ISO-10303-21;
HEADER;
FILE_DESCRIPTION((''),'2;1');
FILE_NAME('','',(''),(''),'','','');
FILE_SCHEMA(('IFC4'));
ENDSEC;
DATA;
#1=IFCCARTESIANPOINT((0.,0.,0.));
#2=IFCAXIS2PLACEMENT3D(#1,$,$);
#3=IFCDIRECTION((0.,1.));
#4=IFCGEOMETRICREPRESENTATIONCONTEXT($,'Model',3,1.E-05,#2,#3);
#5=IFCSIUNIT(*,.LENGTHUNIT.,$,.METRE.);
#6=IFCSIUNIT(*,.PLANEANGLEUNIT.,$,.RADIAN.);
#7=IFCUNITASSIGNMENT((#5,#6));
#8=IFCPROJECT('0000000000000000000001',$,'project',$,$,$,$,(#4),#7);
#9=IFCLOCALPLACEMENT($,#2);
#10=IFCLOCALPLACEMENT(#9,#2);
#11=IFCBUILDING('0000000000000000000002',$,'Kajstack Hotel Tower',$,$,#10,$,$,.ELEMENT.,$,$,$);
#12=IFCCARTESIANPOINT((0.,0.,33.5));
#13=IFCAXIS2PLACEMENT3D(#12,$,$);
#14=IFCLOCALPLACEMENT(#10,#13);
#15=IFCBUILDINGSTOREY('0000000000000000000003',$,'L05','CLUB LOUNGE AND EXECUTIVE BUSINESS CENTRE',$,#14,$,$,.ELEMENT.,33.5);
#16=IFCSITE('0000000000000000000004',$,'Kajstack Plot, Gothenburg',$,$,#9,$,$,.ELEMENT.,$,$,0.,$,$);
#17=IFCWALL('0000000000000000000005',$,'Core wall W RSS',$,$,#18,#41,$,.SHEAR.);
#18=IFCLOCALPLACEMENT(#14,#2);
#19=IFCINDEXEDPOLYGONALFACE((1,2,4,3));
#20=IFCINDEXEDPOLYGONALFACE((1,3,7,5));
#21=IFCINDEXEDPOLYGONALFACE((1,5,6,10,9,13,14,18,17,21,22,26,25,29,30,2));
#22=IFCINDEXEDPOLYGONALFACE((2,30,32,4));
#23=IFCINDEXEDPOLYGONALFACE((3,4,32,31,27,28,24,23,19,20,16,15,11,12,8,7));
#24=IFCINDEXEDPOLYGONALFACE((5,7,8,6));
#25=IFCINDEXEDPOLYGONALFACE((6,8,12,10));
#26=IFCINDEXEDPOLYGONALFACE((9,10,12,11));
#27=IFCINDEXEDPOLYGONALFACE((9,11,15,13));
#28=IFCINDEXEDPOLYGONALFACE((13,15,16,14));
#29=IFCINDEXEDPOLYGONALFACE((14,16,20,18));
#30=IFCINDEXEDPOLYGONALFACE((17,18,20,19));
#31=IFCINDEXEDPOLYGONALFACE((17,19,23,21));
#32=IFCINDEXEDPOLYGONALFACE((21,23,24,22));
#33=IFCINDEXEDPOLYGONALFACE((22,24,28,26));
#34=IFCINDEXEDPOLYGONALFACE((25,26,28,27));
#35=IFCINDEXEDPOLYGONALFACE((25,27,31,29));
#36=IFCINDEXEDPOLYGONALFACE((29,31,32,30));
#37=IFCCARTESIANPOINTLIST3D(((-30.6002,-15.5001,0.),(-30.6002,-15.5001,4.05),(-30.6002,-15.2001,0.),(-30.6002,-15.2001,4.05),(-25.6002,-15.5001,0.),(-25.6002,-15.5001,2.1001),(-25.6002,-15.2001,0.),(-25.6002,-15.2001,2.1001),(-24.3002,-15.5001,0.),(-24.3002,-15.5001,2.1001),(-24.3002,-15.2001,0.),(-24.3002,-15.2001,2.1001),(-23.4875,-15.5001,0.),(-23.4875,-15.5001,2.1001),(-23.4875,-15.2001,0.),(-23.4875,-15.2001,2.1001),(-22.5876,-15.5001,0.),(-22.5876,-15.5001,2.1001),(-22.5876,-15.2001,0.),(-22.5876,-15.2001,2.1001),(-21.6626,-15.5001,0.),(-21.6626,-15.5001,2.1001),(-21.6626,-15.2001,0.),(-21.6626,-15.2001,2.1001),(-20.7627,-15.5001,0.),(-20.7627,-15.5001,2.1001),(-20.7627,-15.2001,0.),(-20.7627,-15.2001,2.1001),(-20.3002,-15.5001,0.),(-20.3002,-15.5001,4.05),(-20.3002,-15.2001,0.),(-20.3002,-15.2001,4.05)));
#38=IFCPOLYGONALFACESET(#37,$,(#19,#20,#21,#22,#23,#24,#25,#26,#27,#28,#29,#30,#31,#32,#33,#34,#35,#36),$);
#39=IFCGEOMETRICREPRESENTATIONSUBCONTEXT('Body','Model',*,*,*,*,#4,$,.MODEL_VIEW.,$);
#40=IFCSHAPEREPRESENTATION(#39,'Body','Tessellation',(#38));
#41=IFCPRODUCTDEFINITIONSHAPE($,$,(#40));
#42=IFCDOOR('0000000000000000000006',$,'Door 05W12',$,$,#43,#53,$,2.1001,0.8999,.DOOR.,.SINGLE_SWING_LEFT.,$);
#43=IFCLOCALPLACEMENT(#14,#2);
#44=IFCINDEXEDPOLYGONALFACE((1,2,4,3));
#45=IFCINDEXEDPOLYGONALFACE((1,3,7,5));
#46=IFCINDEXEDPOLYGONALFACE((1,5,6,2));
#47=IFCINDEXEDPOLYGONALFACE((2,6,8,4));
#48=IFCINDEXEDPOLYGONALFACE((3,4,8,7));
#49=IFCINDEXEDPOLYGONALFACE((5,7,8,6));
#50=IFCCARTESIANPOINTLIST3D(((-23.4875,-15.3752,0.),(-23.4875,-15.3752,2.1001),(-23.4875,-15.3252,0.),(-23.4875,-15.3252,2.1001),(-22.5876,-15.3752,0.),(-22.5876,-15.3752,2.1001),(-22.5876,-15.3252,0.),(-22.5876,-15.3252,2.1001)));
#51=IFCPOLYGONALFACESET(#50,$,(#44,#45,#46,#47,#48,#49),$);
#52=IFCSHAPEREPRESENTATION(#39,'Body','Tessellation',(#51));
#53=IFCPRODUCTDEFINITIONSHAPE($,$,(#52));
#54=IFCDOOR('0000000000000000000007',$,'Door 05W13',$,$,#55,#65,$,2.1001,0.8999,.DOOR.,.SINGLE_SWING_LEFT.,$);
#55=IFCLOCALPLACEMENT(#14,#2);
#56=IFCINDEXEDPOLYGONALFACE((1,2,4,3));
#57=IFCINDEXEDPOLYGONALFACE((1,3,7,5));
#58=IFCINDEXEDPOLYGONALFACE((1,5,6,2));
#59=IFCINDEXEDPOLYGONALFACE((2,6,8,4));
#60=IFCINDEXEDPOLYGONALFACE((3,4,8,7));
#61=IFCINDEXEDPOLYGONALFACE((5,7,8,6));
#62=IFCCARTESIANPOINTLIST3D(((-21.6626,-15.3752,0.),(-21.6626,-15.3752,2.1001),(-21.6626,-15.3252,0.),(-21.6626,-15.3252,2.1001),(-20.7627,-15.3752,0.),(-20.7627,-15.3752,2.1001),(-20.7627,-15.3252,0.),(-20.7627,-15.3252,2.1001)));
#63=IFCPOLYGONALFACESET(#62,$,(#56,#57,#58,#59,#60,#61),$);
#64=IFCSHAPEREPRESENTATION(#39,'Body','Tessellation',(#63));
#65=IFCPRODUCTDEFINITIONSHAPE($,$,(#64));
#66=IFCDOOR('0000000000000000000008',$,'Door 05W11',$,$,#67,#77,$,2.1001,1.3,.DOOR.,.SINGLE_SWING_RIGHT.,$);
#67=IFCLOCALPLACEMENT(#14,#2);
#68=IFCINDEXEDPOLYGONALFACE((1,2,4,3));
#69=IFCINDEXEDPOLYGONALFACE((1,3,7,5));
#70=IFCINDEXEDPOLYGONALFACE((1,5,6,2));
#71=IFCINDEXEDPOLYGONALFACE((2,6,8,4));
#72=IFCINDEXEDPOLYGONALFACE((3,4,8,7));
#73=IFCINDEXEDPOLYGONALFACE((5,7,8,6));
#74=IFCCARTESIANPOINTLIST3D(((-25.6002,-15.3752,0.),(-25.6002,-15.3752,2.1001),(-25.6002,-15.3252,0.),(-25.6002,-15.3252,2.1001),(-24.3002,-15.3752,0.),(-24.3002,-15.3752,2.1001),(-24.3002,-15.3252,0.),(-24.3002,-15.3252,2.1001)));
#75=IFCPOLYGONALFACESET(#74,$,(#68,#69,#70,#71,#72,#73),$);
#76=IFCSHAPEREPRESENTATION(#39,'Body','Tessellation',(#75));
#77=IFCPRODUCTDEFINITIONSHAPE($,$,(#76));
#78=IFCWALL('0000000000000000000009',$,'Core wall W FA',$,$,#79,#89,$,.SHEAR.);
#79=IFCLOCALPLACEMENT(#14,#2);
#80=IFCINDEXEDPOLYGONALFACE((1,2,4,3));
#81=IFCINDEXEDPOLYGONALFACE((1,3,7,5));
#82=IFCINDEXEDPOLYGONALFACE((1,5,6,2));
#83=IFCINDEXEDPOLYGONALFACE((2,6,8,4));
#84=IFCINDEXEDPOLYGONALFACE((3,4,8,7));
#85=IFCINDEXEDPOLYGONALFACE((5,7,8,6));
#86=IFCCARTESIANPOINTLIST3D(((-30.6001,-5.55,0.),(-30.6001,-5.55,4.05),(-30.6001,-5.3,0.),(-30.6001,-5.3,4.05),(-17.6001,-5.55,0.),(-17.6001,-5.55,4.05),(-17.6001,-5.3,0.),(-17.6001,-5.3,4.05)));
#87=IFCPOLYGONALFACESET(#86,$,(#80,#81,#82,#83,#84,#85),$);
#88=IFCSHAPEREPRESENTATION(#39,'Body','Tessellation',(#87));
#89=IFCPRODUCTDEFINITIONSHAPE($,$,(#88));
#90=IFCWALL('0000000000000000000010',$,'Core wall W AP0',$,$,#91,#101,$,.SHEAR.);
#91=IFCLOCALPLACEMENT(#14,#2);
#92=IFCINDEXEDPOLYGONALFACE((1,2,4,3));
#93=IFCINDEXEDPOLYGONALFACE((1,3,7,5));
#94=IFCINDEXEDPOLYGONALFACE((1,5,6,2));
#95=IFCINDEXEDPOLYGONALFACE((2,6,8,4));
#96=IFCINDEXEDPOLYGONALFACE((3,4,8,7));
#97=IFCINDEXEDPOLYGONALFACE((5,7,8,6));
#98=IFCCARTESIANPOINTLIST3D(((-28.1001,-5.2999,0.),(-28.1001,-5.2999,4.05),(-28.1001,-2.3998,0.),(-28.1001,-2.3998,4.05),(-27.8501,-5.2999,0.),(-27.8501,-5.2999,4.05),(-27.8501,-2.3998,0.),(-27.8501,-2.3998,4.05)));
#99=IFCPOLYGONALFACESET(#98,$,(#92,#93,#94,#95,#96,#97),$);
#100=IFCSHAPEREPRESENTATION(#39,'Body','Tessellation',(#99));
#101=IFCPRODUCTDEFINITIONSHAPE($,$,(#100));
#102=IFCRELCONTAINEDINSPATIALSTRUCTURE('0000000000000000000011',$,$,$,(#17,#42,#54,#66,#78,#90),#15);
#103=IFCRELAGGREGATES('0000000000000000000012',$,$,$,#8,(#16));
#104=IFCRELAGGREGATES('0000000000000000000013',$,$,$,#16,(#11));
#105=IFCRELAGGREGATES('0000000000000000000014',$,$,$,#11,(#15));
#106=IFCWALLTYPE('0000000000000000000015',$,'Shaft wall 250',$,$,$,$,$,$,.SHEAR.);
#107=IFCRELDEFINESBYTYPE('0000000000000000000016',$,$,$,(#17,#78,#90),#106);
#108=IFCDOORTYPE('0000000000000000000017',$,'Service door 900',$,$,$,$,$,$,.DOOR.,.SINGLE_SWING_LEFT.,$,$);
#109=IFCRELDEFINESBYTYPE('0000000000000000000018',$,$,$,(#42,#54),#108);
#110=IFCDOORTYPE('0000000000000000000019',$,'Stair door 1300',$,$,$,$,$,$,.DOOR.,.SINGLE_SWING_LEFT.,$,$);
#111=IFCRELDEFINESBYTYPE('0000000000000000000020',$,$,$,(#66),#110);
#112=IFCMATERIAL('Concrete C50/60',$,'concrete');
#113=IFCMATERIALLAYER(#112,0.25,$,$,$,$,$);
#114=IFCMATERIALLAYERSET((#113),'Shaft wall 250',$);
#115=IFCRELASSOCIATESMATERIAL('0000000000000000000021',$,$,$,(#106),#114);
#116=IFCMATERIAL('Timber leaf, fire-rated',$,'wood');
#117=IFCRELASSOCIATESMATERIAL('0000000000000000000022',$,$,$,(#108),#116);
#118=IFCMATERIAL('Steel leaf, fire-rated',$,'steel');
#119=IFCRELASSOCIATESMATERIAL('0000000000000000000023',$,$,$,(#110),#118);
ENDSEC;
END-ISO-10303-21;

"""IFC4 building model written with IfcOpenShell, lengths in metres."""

from ifc_helpers import new_model, si_unit, direction, frame, frame_2d, origin, place, context, subcontext, project, spatial, rectangle, extrude, material, layer, layer_set, type_object, element, fill, save


model = new_model("IFC4")

# Units and contexts
model_context = context("Model", 3, precision=1e-05, world=origin(), true_north=direction((0.0, 1.0)))
body_context = subcontext(model_context, "Body", "Model", "MODEL_VIEW")
ifc_project = project(units=[si_unit("LENGTHUNIT", "METRE"), si_unit("PLANEANGLEUNIT", "RADIAN")], contexts=[model_context])

# Site, building, storey
site_placement = place(None, origin())
site = spatial("IfcSite", under=ifc_project, at=site_placement, Name="Kajstack Plot, Gothenburg", CompositionType="ELEMENT", RefElevation=0.0)
building_placement = place(site_placement, origin())
building = spatial("IfcBuilding", under=site, at=building_placement, Name="Kajstack Hotel Tower", CompositionType="ELEMENT")
storey_placement = place(building_placement, frame((0.0, 0.0, 33.5)))
storey = spatial("IfcBuildingStorey", under=building, at=storey_placement, Name="L05", Description="CLUB LOUNGE AND EXECUTIVE BUSINESS CENTRE", CompositionType="ELEMENT", Elevation=33.5)

# Shared definitions
ifc_material_1 = material(Name="Concrete C50/60", Category="concrete")

# Wall, openings, doors
ifc_layer_1 = layer(ifc_material_1, 0.25)
ifc_layer_set_1 = layer_set([ifc_layer_1], Name="Shaft wall 250")
wall_type_1 = type_object("IfcWallType", Name="Shaft wall 250", PredefinedType="SHEAR", material=ifc_layer_set_1)
wall_1_placement = place(storey_placement, frame((-30.6001, -15.3501, 0.0), z_axis=(0.0, 0.0, 1.0), x_axis=(1.0, 0.0, 0.0)))
wall_1 = element("IfcWall", 1, at=wall_1_placement, inside=storey, type_object=wall_type_1, Name="Core wall W RSS", PredefinedType="SHEAR", context=body_context, shape_type="SweptSolid", body=[
    extrude(rectangle(XDim=10.3, YDim=0.3, at=frame_2d((5.1499, 0.0))), origin(), (0.0, 0.0, 1.0), 4.05),
])
opening_1_placement = place(wall_1_placement, frame((5.0, 0.0, 0.0)))
opening_1 = element("IfcOpeningElement", 2, at=opening_1_placement, cuts=wall_1, PredefinedType="OPENING", context=body_context, shape_type="SweptSolid", body=[
    extrude(rectangle(XDim=1.3, YDim=2.1001, at=frame_2d((0.6499, 1.05))), frame((0.0, 0.1599, 0.0), z_axis=(0.0, -1.0, 0.0), x_axis=(1.0, 0.0, 0.0)), (0.0, 0.0, 1.0), 0.3201),
])
opening_2_placement = place(wall_1_placement, frame((7.1125, 0.0, 0.0)))
opening_2 = element("IfcOpeningElement", 3, at=opening_2_placement, cuts=wall_1, PredefinedType="OPENING", context=body_context, shape_type="SweptSolid", body=[
    extrude(rectangle(XDim=0.8999, YDim=2.1001, at=frame_2d((0.45, 1.05))), frame((0.0, 0.1599, 0.0), z_axis=(0.0, -1.0, 0.0), x_axis=(1.0, 0.0, 0.0)), (0.0, 0.0, 1.0), 0.3201),
])
opening_3_placement = place(wall_1_placement, frame((8.9375, 0.0, 0.0)))
opening_3 = element("IfcOpeningElement", 4, at=opening_3_placement, cuts=wall_1, PredefinedType="OPENING", context=body_context, shape_type="SweptSolid", body=[
    extrude(rectangle(XDim=0.8999, YDim=2.1001, at=frame_2d((0.45, 1.05))), frame((0.0, 0.1599, 0.0), z_axis=(0.0, -1.0, 0.0), x_axis=(1.0, 0.0, 0.0)), (0.0, 0.0, 1.0), 0.3201),
])
ifc_material_2 = material(Name="Timber leaf, fire-rated", Category="wood")
door_type_1 = type_object("IfcDoorType", Name="Service door 900", OperationType="SINGLE_SWING_LEFT", PredefinedType="DOOR", material=ifc_material_2)
door_1_placement = place(opening_2_placement, origin())
door_1 = element("IfcDoor", 5, at=door_1_placement, inside=storey, type_object=door_type_1, Name="Door 05W12", OperationType="SINGLE_SWING_LEFT", OverallHeight=2.1001, OverallWidth=0.8999, PredefinedType="DOOR", context=body_context, shape_type="SweptSolid", body=[
    extrude(rectangle(XDim=0.8999, YDim=2.1001, at=frame_2d((0.45, 1.05))), frame((0.0, 0.0249, 0.0), z_axis=(0.0, -1.0, 0.0), x_axis=(1.0, 0.0, 0.0)), (0.0, 0.0, 1.0), 0.05),
])
fill(opening_2, door_1)
door_2_placement = place(opening_3_placement, origin())
door_2 = element("IfcDoor", 6, at=door_2_placement, inside=storey, type_object=door_type_1, Name="Door 05W13", OperationType="SINGLE_SWING_LEFT", OverallHeight=2.1001, OverallWidth=0.8999, PredefinedType="DOOR", context=body_context, shape_type="SweptSolid", body=[
    extrude(rectangle(XDim=0.8999, YDim=2.1001, at=frame_2d((0.45, 1.05))), frame((0.0, 0.0249, 0.0), z_axis=(0.0, -1.0, 0.0), x_axis=(1.0, 0.0, 0.0)), (0.0, 0.0, 1.0), 0.05),
])
fill(opening_3, door_2)
ifc_material_3 = material(Name="Steel leaf, fire-rated", Category="steel")
door_type_2 = type_object("IfcDoorType", Name="Stair door 1300", OperationType="SINGLE_SWING_LEFT", PredefinedType="DOOR", material=ifc_material_3)
door_3_placement = place(opening_1_placement, origin())
door_3 = element("IfcDoor", 7, at=door_3_placement, inside=storey, type_object=door_type_2, Name="Door 05W11", OperationType="SINGLE_SWING_RIGHT", OverallHeight=2.1001, OverallWidth=1.3, PredefinedType="DOOR", context=body_context, shape_type="SweptSolid", body=[
    extrude(rectangle(XDim=1.3, YDim=2.1001, at=frame_2d((0.6499, 1.05))), frame((0.0, 0.0249, 0.0), z_axis=(0.0, -1.0, 0.0), x_axis=(1.0, 0.0, 0.0)), (0.0, 0.0, 1.0), 0.05),
])
fill(opening_1, door_3)

# Walls
wall_2_placement = place(storey_placement, frame((-30.6001, -5.425, 0.0), z_axis=(0.0, 0.0, 1.0), x_axis=(1.0, 0.0, 0.0)))
element("IfcWall", 8, at=wall_2_placement, inside=storey, type_object=wall_type_1, Name="Core wall W FA", PredefinedType="SHEAR", context=body_context, shape_type="SweptSolid", body=[
    extrude(rectangle(XDim=13.0, YDim=0.25, at=frame_2d((6.5, 0.0))), origin(), (0.0, 0.0, 1.0), 4.05),
])
wall_3_placement = place(storey_placement, frame((-27.9751, -5.3, 0.0), z_axis=(0.0, 0.0, 1.0), x_axis=(0.0, 1.0, 0.0)))
element("IfcWall", 9, at=wall_3_placement, inside=storey, type_object=wall_type_1, Name="Core wall W AP0", PredefinedType="SHEAR", context=body_context, shape_type="SweptSolid", body=[
    extrude(rectangle(XDim=2.9001, YDim=0.25, at=frame_2d((1.4502, 0.0))), origin(), (0.0, 0.0, 1.0), 4.05),
])

save(model, "model.ifc")
